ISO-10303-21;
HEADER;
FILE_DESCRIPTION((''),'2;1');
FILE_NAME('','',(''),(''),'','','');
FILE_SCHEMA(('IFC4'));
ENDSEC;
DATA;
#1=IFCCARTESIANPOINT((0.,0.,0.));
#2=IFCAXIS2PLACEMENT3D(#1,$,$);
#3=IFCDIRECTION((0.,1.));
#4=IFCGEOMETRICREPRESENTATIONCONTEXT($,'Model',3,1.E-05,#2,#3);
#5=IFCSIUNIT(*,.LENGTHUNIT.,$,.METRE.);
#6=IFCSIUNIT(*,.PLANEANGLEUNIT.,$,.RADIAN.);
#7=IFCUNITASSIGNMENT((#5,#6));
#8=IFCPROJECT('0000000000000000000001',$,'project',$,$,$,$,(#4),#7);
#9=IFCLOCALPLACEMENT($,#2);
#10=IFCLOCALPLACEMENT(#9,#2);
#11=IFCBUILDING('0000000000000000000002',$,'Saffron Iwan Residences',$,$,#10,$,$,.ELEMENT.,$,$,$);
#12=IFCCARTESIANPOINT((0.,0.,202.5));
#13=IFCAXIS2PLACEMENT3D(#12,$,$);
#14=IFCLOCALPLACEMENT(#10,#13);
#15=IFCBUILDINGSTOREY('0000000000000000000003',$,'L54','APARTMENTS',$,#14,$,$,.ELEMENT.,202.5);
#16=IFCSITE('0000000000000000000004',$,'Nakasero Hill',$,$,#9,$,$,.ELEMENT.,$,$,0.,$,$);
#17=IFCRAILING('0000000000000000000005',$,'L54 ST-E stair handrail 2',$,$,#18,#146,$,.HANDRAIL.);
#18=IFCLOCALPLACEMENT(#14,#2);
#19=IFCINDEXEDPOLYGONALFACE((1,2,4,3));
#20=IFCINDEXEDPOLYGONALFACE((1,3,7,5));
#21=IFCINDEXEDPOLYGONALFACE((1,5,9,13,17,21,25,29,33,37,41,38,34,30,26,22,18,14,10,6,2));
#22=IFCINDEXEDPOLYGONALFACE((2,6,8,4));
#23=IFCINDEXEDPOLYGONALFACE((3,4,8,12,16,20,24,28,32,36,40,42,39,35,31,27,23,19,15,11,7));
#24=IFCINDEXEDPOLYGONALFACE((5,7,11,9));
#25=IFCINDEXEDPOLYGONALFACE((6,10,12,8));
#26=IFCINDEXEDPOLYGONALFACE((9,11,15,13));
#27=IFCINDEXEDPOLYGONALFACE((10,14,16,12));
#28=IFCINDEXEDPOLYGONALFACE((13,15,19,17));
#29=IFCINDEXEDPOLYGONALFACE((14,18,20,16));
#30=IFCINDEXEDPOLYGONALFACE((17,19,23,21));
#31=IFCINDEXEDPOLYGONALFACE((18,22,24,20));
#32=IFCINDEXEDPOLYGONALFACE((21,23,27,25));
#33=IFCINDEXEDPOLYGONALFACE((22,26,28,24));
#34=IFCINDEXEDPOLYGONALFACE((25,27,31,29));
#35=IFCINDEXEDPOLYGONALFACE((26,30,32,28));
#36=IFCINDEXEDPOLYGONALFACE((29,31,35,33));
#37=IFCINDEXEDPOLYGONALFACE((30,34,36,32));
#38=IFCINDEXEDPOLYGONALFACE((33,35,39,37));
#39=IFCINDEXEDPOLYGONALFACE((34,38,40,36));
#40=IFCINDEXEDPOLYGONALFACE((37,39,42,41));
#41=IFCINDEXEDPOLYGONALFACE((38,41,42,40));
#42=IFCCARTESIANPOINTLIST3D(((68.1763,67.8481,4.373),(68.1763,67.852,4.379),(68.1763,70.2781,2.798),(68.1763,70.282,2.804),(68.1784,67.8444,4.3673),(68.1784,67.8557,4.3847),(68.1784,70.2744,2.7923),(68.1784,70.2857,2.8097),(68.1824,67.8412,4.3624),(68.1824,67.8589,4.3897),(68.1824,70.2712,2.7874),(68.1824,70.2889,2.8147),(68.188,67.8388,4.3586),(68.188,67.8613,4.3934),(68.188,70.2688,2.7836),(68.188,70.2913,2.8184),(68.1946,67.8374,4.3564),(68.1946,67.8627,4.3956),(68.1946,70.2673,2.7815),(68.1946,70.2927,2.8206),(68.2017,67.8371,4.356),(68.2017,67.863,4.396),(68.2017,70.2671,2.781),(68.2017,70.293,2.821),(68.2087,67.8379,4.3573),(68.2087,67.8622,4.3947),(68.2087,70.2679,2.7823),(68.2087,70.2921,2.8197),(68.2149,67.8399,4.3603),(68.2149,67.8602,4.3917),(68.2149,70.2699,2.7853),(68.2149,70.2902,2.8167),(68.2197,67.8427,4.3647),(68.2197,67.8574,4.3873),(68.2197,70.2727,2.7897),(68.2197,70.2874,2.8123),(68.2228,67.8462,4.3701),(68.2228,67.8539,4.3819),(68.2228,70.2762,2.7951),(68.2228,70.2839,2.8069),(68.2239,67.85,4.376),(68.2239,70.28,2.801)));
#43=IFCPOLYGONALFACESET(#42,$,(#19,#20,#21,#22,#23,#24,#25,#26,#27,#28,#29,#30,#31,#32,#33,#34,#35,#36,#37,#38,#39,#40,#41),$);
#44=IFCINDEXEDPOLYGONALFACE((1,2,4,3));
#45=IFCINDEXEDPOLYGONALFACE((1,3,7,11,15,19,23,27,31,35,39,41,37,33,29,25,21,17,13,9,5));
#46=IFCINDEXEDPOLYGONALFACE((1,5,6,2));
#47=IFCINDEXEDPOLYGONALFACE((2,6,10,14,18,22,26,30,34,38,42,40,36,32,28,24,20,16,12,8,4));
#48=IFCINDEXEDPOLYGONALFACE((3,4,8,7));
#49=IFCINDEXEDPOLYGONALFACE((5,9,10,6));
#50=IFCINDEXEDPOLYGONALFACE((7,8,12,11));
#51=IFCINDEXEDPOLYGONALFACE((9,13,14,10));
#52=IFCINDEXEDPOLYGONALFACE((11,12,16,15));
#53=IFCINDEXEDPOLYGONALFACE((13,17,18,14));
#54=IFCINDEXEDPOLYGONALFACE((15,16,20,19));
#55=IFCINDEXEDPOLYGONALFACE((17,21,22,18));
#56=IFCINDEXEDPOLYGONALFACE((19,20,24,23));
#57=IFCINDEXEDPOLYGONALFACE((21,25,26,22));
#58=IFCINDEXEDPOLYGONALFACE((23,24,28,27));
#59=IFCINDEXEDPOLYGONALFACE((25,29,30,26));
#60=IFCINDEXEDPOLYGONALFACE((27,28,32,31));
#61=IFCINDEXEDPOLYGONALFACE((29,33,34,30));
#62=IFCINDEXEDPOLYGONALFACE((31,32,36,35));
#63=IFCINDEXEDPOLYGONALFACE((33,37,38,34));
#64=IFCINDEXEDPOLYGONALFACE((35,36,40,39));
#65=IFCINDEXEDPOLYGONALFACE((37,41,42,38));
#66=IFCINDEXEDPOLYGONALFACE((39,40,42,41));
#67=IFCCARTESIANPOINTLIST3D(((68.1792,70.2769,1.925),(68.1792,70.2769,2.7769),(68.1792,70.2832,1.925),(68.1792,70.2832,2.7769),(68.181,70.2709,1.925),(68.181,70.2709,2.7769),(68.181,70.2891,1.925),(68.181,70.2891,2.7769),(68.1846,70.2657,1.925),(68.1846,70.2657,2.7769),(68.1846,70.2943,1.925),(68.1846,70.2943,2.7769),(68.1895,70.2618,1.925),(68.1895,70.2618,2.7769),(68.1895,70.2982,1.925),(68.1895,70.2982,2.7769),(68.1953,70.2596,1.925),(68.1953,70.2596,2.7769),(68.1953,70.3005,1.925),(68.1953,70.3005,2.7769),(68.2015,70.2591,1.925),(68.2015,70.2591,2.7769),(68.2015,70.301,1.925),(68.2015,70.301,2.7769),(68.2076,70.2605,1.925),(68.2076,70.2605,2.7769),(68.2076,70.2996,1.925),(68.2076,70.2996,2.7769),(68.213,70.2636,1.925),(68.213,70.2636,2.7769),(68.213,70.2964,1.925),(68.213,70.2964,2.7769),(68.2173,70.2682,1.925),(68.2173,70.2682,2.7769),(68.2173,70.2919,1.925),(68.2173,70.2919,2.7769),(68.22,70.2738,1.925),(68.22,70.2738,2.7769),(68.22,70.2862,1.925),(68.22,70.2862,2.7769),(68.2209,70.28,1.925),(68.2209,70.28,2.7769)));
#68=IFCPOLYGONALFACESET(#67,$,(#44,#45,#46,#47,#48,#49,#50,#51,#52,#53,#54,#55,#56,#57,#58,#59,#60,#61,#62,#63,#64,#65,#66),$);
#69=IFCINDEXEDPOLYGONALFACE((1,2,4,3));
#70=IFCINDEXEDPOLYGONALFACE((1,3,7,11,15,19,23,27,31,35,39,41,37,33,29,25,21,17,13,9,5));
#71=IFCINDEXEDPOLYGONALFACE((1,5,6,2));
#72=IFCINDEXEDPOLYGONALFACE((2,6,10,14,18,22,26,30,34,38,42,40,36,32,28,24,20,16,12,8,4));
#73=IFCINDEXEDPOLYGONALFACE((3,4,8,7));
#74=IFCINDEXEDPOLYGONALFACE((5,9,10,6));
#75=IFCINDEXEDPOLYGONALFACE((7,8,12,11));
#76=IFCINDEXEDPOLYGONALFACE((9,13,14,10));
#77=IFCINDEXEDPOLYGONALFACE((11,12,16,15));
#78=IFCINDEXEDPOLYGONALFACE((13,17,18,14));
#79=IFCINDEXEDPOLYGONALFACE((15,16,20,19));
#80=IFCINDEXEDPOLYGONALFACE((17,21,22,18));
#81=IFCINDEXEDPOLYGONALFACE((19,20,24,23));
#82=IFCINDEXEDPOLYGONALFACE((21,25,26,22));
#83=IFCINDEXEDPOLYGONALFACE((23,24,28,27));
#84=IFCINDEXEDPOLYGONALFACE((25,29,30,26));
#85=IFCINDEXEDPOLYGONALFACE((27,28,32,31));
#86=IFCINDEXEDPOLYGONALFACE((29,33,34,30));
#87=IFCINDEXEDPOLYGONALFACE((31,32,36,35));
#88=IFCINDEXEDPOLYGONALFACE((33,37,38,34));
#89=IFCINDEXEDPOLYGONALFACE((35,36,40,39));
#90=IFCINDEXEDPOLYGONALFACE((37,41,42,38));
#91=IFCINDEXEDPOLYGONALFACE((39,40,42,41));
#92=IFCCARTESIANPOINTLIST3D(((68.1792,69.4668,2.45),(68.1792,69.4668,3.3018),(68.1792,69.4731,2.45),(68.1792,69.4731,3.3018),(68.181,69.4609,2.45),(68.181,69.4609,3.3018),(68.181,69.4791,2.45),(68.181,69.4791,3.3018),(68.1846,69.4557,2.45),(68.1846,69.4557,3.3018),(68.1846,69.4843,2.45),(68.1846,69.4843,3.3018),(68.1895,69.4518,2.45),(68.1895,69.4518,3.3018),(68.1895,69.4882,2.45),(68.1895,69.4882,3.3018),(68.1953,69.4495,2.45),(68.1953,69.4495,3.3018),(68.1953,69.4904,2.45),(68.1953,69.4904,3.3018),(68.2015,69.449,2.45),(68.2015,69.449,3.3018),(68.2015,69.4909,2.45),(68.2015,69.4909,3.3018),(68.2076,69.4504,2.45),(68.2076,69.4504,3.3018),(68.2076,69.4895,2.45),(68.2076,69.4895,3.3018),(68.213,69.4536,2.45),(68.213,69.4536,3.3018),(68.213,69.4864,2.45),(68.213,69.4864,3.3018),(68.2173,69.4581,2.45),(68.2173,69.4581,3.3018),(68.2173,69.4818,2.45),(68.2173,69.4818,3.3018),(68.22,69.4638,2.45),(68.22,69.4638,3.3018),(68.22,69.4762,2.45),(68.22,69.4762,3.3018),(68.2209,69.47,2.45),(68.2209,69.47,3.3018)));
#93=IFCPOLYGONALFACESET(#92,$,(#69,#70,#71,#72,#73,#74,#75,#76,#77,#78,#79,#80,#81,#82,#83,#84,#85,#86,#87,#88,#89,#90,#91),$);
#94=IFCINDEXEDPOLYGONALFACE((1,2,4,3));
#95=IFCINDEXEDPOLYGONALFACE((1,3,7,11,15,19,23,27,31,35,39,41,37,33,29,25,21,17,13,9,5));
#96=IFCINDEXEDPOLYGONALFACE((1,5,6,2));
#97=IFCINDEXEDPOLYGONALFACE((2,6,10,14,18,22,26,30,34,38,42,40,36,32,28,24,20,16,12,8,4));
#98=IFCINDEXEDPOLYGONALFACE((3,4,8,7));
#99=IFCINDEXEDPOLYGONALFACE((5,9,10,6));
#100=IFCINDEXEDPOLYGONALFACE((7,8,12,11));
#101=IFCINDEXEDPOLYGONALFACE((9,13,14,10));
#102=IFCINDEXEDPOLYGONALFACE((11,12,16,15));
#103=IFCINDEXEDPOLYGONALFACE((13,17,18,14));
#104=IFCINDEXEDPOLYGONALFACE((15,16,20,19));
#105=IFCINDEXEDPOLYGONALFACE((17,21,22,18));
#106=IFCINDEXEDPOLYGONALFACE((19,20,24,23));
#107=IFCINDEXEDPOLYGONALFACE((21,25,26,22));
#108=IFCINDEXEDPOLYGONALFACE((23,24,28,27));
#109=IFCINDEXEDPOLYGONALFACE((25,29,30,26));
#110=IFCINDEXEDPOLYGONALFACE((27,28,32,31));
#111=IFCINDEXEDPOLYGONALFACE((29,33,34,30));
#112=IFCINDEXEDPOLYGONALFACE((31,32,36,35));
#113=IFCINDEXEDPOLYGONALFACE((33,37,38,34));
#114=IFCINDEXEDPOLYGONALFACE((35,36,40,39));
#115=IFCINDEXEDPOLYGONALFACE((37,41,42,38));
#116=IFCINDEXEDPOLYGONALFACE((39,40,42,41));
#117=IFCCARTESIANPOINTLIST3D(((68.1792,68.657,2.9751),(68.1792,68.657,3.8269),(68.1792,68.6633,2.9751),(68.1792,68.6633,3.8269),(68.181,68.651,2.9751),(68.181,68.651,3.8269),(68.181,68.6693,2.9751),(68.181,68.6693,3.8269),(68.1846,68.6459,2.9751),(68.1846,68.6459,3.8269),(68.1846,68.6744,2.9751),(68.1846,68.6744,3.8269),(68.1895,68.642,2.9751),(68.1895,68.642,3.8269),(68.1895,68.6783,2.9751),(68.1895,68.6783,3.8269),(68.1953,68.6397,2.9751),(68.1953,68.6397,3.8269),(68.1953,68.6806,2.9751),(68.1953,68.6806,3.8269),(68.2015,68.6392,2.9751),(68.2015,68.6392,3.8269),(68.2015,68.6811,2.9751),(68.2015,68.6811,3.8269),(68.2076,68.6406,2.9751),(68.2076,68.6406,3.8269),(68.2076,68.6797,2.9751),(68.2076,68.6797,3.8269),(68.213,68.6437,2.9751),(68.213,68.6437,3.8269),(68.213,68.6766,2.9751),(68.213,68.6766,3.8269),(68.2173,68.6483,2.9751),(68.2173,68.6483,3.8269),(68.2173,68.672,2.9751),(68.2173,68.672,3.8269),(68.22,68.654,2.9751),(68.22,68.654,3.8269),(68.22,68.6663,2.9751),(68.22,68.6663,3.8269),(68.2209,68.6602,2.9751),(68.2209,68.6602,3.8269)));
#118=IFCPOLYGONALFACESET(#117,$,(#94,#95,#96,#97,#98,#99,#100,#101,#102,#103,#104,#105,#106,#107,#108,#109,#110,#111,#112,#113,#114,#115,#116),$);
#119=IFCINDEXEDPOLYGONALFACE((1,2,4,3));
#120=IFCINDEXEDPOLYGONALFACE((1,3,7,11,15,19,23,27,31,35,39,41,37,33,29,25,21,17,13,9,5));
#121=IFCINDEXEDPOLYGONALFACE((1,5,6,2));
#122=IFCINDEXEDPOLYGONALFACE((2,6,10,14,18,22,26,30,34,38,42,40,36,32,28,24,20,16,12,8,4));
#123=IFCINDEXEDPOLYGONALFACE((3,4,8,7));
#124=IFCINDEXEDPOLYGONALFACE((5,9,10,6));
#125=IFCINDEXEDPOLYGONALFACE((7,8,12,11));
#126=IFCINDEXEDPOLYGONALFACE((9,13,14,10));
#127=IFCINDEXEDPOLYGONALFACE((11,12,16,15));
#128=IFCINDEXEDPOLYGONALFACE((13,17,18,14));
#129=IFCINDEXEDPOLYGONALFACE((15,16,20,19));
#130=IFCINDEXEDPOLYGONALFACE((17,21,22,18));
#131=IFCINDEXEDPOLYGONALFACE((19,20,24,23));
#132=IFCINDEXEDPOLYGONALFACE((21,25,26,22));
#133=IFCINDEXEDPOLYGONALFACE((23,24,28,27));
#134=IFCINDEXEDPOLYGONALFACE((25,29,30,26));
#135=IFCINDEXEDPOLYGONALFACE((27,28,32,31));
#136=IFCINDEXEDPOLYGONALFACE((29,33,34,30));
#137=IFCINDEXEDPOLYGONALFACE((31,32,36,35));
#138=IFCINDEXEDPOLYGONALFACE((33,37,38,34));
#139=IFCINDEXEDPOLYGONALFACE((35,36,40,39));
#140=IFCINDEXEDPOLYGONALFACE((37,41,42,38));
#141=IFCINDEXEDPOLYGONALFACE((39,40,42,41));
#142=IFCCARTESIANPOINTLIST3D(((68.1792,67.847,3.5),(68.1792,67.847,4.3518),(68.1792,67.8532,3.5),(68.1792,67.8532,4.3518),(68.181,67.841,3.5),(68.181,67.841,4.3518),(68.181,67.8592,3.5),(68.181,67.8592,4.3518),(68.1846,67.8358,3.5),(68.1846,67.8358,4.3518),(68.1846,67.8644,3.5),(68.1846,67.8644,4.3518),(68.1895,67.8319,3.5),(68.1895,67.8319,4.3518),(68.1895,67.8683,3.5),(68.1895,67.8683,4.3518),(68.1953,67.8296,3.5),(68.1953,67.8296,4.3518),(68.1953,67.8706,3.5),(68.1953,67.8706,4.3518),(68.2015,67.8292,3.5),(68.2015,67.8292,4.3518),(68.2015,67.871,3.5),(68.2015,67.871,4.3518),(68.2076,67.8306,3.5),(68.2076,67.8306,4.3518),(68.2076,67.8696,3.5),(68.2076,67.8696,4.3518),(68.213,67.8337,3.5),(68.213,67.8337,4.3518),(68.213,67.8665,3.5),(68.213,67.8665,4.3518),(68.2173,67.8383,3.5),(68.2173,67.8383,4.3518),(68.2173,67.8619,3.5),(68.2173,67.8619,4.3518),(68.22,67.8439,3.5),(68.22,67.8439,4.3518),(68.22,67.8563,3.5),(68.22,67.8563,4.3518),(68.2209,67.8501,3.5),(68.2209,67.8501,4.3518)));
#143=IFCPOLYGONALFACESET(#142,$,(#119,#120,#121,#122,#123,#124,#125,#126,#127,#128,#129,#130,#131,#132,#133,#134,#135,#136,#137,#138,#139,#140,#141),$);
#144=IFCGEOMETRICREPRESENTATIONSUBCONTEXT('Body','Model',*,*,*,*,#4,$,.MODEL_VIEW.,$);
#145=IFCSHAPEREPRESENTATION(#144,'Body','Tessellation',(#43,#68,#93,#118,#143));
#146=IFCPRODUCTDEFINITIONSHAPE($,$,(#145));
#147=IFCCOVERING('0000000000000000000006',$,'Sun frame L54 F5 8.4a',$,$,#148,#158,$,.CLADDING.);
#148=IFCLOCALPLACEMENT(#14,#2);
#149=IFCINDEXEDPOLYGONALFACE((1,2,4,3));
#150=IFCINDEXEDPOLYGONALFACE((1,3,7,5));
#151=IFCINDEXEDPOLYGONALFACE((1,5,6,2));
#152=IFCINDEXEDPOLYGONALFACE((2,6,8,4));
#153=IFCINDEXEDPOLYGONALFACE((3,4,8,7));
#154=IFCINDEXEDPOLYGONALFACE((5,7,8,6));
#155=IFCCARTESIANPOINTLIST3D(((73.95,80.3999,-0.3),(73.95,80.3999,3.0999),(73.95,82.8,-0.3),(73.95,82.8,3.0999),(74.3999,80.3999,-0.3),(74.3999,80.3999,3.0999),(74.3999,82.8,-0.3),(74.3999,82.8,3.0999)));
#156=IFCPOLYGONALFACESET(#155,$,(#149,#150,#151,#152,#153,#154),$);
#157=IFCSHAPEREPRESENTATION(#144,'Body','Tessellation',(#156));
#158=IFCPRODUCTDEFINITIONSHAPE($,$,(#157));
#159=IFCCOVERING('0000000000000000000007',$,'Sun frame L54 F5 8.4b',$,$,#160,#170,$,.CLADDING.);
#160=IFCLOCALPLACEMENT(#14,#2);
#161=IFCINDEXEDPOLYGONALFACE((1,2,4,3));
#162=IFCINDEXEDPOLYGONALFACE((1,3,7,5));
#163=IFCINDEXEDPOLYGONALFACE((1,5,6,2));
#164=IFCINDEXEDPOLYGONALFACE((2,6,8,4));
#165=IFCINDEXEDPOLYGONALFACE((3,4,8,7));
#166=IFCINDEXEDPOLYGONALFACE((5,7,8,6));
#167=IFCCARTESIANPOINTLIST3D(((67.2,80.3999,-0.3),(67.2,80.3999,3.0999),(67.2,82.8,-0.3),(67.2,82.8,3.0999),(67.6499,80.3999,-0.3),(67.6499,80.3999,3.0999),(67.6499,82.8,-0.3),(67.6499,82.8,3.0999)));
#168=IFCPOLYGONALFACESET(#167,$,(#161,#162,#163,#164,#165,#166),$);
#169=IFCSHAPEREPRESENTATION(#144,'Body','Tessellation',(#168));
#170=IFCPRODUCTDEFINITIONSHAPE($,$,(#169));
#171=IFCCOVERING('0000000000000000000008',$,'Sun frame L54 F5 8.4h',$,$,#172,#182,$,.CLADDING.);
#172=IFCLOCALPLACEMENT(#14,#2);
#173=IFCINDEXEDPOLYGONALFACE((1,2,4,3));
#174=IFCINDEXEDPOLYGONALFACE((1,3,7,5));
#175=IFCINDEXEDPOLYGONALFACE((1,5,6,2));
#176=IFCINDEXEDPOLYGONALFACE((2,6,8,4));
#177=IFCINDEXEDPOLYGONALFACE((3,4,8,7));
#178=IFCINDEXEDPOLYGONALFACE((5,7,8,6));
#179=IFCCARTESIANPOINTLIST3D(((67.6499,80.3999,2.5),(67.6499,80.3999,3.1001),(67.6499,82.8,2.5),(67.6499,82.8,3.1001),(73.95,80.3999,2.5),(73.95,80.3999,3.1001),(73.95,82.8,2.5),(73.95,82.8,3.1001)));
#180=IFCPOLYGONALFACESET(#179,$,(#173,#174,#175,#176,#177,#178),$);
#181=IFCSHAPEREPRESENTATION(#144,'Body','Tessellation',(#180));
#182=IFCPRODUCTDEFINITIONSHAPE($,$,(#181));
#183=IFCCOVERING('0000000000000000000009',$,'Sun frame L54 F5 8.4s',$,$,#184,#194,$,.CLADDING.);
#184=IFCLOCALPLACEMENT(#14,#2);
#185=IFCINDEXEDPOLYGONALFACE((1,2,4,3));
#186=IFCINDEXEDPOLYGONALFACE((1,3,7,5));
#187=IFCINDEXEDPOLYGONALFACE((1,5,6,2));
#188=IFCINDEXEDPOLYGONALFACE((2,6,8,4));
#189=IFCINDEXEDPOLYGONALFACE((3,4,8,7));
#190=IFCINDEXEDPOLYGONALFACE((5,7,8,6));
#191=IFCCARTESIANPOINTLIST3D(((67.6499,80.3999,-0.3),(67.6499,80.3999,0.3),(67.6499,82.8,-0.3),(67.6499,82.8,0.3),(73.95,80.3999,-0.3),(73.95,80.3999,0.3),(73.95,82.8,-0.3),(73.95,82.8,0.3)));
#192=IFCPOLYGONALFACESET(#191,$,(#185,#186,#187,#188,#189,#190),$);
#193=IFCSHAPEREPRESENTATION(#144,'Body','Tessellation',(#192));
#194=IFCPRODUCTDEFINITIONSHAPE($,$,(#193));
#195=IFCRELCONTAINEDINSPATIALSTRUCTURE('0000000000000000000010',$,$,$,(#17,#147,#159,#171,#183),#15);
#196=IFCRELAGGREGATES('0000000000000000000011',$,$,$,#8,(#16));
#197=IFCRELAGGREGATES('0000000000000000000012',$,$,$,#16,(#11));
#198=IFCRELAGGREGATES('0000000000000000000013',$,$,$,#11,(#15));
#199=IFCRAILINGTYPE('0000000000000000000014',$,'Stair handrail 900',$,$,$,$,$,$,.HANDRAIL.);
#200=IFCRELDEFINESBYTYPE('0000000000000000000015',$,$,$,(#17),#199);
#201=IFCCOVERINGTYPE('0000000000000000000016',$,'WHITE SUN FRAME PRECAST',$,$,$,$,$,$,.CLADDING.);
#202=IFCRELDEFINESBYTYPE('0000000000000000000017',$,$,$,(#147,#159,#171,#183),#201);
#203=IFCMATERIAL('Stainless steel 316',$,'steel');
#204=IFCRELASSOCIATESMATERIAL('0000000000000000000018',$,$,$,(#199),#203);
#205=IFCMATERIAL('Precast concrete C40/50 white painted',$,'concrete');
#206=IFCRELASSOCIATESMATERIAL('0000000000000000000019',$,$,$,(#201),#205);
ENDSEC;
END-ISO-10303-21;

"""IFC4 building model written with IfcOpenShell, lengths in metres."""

from ifc_helpers import new_model, si_unit, direction, frame, origin, origin_2d, place, context, subcontext, project, spatial, polyline, circle, outline, extrude, material, type_object, element, save


model = new_model("IFC4")

# Units and contexts
model_context = context("Model", 3, precision=1e-05, world=origin(), true_north=direction((0.0, 1.0)))
body_context = subcontext(model_context, "Body", "Model", "MODEL_VIEW")
ifc_project = project(units=[si_unit("LENGTHUNIT", "METRE"), si_unit("PLANEANGLEUNIT", "RADIAN")], contexts=[model_context])

# Site, building, storey
site_placement = place(None, origin())
site = spatial("IfcSite", under=ifc_project, at=site_placement, Name="Nakasero Hill", CompositionType="ELEMENT", RefElevation=0.0)
building_placement = place(site_placement, origin())
building = spatial("IfcBuilding", under=site, at=building_placement, Name="Saffron Iwan Residences", CompositionType="ELEMENT")
storey_placement = place(building_placement, frame((0.0, 0.0, 202.5)))
storey = spatial("IfcBuildingStorey", under=building, at=storey_placement, Name="L54", Description="APARTMENTS", CompositionType="ELEMENT", Elevation=202.5)

# Railing
ifc_material_1 = material(Name="Stainless steel 316", Category="steel")
railing_type_1 = type_object("IfcRailingType", Name="Stair handrail 900", PredefinedType="HANDRAIL", material=ifc_material_1)
railing_1_placement = place(storey_placement, frame((68.2, 70.28, 1.925)))
element("IfcRailing", 1, at=railing_1_placement, inside=storey, type_object=railing_type_1, Name="L54 ST-E stair handrail 2", PredefinedType="HANDRAIL", context=body_context, shape_type="SweptSolid", body=[
    extrude(circle(Radius=0.0239, at=origin_2d()), frame((0.0, 0.0, 0.876), z_axis=(0.0, -0.839154, 0.543894), x_axis=(1.0, 0.0, 0.0)), (0.0, 0.0, 1.0), 2.8958),
    extrude(circle(Radius=0.021, at=origin_2d()), origin(), (0.0, 0.0, 1.0), 0.8518),
    extrude(circle(Radius=0.021, at=origin_2d()), frame((0.0, -0.8101, 0.5249)), (0.0, 0.0, 1.0), 0.8518),
    extrude(circle(Radius=0.021, at=origin_2d()), frame((0.0, -1.6199, 1.05)), (0.0, 0.0, 1.0), 0.8518),
    extrude(circle(Radius=0.021, at=origin_2d()), frame((0.0, -2.4299, 1.575)), (0.0, 0.0, 1.0), 0.8518),
])

# Coverings
ifc_material_2 = material(Name="Precast concrete C40/50 white painted", Category="concrete")
covering_type = type_object("IfcCoveringType", Name="WHITE SUN FRAME PRECAST", PredefinedType="CLADDING", material=ifc_material_2)
for number, where, z_axis, x_axis, name in (
    (2, (74.3999, 80.3999, -0.3), (0.0, 1.0, 0.0), (-1.0, 0.0, 0.0), "Sun frame L54 F5 8.4a"),
    (3, (67.6499, 80.3999, -0.3), (0.0, 1.0, 0.0), (-1.0, 0.0, 0.0), "Sun frame L54 F5 8.4b"),
):
    element("IfcCovering", number, at=place(storey_placement, frame(where, z_axis=z_axis, x_axis=x_axis)), inside=storey, type_object=covering_type, Name=name, PredefinedType="CLADDING", context=body_context, shape_type="SweptSolid", body=[
        extrude(outline(polyline([(0.0, 0.0), (0.45, 0.0), (0.45, 3.3999), (0.0, 3.3999), (0.0, 0.0)])), origin(), (0.0, 0.0, 1.0), 2.4001),
    ])
for number, where, z_axis, x_axis, name in (
    (4, (73.95, 80.3999, 2.5), (0.0, 1.0, 0.0), (-1.0, 0.0, 0.0), "Sun frame L54 F5 8.4h"),
    (5, (73.95, 80.3999, -0.3), (0.0, 1.0, 0.0), (-1.0, 0.0, 0.0), "Sun frame L54 F5 8.4s"),
):
    element("IfcCovering", number, at=place(storey_placement, frame(where, z_axis=z_axis, x_axis=x_axis)), inside=storey, type_object=covering_type, Name=name, PredefinedType="CLADDING", context=body_context, shape_type="SweptSolid", body=[
        extrude(outline(polyline([(0.0, 0.0), (6.3, 0.0), (6.3, 0.6001), (0.0, 0.6001), (0.0, 0.0)])), origin(), (0.0, 0.0, 1.0), 2.4001),
    ])

save(model, "model.ifc")
